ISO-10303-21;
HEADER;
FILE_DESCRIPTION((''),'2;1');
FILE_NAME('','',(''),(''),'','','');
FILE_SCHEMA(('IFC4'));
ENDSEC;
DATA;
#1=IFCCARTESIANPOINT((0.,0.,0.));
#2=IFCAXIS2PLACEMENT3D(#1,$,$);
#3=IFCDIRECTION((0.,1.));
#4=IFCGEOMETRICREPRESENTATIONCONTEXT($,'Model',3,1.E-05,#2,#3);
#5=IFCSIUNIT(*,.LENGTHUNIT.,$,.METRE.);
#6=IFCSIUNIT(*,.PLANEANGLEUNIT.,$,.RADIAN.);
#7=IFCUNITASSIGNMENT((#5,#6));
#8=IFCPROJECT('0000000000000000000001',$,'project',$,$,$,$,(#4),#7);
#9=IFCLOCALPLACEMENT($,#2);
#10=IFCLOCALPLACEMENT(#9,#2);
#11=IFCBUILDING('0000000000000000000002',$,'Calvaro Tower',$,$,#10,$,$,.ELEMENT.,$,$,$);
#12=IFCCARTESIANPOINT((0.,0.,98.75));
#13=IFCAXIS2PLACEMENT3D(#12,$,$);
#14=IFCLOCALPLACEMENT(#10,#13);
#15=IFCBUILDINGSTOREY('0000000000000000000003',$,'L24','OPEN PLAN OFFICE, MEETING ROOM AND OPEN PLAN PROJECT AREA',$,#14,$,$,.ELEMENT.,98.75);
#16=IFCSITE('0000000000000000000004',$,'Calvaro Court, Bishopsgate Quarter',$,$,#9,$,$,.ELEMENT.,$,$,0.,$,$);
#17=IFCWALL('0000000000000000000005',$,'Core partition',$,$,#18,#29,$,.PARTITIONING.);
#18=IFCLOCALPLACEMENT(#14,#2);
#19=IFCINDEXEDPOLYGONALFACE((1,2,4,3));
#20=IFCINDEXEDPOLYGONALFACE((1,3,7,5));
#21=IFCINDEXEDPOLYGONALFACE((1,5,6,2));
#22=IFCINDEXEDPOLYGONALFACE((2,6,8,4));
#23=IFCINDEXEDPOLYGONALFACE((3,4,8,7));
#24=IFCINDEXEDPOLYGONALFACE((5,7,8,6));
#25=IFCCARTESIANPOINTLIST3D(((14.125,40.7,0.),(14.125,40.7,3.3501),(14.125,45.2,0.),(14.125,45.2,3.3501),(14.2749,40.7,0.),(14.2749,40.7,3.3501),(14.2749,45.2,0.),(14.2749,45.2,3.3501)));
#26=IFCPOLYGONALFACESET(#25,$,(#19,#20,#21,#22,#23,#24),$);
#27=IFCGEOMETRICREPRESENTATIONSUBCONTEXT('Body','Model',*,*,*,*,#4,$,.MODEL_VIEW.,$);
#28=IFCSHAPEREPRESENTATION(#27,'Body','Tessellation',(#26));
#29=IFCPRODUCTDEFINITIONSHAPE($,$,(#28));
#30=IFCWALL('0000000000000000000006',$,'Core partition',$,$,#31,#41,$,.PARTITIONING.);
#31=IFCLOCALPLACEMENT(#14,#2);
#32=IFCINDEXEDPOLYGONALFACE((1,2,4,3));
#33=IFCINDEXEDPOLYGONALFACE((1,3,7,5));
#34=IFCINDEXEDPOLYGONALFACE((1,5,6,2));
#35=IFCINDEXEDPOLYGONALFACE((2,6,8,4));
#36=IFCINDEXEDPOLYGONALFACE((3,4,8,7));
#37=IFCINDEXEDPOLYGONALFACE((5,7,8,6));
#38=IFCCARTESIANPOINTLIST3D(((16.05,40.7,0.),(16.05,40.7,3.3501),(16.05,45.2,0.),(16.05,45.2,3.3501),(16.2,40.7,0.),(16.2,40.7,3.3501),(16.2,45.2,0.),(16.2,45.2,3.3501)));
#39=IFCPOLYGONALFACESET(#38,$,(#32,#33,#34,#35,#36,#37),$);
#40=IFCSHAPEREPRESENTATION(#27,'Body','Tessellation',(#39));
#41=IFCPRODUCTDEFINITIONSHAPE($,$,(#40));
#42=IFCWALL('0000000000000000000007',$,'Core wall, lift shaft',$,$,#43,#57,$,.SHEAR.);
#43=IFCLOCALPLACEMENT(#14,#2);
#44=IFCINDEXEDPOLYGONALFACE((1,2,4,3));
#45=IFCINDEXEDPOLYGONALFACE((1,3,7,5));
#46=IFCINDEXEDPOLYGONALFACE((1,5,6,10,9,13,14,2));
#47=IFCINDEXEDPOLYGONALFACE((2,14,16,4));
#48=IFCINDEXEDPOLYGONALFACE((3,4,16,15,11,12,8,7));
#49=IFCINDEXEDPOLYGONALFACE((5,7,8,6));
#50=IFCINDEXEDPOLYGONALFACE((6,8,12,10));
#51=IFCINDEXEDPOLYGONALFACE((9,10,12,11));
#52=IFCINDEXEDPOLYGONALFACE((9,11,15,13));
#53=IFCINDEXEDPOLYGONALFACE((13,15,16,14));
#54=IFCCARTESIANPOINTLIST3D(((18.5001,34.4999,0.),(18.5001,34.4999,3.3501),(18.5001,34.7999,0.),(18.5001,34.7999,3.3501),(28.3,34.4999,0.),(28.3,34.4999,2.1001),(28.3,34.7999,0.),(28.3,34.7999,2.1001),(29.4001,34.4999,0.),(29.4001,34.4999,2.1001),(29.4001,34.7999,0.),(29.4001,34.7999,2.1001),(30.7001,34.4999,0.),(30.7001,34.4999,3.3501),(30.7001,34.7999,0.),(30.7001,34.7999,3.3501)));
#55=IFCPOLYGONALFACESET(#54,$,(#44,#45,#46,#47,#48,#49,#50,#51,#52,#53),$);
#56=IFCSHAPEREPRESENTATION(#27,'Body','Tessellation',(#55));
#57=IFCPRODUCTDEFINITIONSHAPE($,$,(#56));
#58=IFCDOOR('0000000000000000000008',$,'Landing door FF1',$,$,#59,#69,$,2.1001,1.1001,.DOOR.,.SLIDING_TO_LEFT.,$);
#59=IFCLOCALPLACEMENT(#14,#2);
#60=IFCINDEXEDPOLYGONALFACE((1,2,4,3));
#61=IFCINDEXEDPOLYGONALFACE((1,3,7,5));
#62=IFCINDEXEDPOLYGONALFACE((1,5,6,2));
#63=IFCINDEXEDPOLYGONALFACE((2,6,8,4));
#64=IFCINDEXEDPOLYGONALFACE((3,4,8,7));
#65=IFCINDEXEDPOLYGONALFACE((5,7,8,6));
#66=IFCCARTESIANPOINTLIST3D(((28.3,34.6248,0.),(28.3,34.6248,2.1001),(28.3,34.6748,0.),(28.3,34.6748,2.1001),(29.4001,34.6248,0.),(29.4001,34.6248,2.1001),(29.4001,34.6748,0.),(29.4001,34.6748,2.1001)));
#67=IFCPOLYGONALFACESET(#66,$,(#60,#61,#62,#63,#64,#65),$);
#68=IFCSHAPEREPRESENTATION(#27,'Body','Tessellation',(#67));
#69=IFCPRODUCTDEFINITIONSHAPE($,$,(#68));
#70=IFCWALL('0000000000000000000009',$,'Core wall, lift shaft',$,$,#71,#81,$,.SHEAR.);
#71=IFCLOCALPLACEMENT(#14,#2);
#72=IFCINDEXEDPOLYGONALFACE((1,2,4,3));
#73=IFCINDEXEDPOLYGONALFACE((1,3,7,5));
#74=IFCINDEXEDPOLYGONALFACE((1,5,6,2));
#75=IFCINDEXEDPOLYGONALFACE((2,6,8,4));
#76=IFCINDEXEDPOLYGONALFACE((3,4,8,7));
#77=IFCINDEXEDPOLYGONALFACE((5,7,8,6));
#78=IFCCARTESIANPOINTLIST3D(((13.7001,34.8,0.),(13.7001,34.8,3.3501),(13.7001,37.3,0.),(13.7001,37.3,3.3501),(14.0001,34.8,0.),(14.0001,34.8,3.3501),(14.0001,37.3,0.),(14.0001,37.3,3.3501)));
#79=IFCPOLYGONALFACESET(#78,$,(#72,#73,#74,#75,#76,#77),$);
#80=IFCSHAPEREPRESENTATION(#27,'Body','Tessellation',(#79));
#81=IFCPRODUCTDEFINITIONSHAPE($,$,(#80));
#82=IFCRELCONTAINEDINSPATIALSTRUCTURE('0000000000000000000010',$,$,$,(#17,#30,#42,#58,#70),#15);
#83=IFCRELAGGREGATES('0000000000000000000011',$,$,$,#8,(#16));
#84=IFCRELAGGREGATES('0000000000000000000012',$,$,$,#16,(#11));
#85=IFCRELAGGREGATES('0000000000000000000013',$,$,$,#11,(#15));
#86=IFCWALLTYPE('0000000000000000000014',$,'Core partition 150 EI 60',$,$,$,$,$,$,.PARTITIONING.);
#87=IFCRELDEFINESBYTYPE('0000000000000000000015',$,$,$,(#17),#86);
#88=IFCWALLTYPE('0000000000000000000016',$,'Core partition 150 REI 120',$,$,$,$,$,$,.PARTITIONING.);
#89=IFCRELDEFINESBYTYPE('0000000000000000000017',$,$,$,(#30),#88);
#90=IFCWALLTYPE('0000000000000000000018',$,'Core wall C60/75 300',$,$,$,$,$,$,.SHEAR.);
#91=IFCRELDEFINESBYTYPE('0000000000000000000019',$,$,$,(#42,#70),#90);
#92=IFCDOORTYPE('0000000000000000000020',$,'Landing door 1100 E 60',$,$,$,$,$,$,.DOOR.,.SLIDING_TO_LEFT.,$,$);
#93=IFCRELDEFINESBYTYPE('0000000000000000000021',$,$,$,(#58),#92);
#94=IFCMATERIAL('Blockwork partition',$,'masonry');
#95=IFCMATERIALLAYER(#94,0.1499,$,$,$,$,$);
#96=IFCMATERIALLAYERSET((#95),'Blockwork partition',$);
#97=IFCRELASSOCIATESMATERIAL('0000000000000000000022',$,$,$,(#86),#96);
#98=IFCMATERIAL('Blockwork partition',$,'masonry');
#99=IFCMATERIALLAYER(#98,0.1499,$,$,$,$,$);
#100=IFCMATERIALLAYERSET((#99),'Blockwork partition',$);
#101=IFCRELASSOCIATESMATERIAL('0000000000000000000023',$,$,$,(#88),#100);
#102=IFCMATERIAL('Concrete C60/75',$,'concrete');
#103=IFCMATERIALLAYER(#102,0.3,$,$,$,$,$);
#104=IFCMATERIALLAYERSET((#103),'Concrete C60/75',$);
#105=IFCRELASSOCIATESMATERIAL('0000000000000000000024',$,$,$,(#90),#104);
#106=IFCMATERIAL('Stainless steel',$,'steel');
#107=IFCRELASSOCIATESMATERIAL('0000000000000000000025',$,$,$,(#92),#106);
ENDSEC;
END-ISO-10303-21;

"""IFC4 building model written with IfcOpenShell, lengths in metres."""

from ifc_helpers import new_model, si_unit, direction, frame, frame_2d, origin, place, context, subcontext, project, spatial, rectangle, extrude, material, layer, layer_set, type_object, element, fill, save


model = new_model("IFC4")

# Units and contexts
model_context = context("Model", 3, precision=1e-05, world=origin(), true_north=direction((0.0, 1.0)))
body_context = subcontext(model_context, "Body", "Model", "MODEL_VIEW")
ifc_project = project(units=[si_unit("LENGTHUNIT", "METRE"), si_unit("PLANEANGLEUNIT", "RADIAN")], contexts=[model_context])

# Site, building, storey
site_placement = place(None, origin())
site = spatial("IfcSite", under=ifc_project, at=site_placement, Name="Calvaro Court, Bishopsgate Quarter", CompositionType="ELEMENT", RefElevation=0.0)
building_placement = place(site_placement, origin())
building = spatial("IfcBuilding", under=site, at=building_placement, Name="Calvaro Tower", CompositionType="ELEMENT")
storey_placement = place(building_placement, frame((0.0, 0.0, 98.75)))
storey = spatial("IfcBuildingStorey", under=building, at=storey_placement, Name="L24", Description="OPEN PLAN OFFICE, MEETING ROOM AND OPEN PLAN PROJECT AREA", CompositionType="ELEMENT", Elevation=98.75)

# Walls
ifc_material_1 = material(Name="Blockwork partition", Category="masonry")
ifc_layer_1 = layer(ifc_material_1, 0.1499)
ifc_layer_set_1 = layer_set([ifc_layer_1], Name="Blockwork partition")
wall_type_1 = type_object("IfcWallType", Name="Core partition 150 EI 60", PredefinedType="PARTITIONING", material=ifc_layer_set_1)
wall_1_placement = place(storey_placement, frame((14.2, 40.7, 0.0), z_axis=(0.0, 0.0, 1.0), x_axis=(0.0, 1.0, 0.0)))
element("IfcWall", 1, at=wall_1_placement, inside=storey, type_object=wall_type_1, Name="Core partition", PredefinedType="PARTITIONING", context=body_context, shape_type="SweptSolid", body=[
    extrude(rectangle(XDim=4.5, YDim=0.1499, at=frame_2d((2.25, 0.0))), origin(), (0.0, 0.0, 1.0), 3.3501),
])
ifc_material_2 = material(Name="Blockwork partition", Category="masonry")
ifc_layer_2 = layer(ifc_material_2, 0.1499)
ifc_layer_set_2 = layer_set([ifc_layer_2], Name="Blockwork partition")
wall_type_2 = type_object("IfcWallType", Name="Core partition 150 REI 120", PredefinedType="PARTITIONING", material=ifc_layer_set_2)
wall_2_placement = place(storey_placement, frame((16.125, 40.7, 0.0), z_axis=(0.0, 0.0, 1.0), x_axis=(0.0, 1.0, 0.0)))
element("IfcWall", 2, at=wall_2_placement, inside=storey, type_object=wall_type_2, Name="Core partition", PredefinedType="PARTITIONING", context=body_context, shape_type="SweptSolid", body=[
    extrude(rectangle(XDim=4.5, YDim=0.1499, at=frame_2d((2.25, 0.0))), origin(), (0.0, 0.0, 1.0), 3.3501),
])

# Wall, opening, door
ifc_material_3 = material(Name="Concrete C60/75", Category="concrete")
ifc_layer_3 = layer(ifc_material_3, 0.3)
ifc_layer_set_3 = layer_set([ifc_layer_3], Name="Concrete C60/75")
wall_type_3 = type_object("IfcWallType", Name="Core wall C60/75 300", PredefinedType="SHEAR", material=ifc_layer_set_3)
wall_3_placement = place(storey_placement, frame((18.5, 34.6499, 0.0), z_axis=(0.0, 0.0, 1.0), x_axis=(1.0, 0.0, 0.0)))
wall_3 = element("IfcWall", 3, at=wall_3_placement, inside=storey, type_object=wall_type_3, Name="Core wall, lift shaft", PredefinedType="SHEAR", context=body_context, shape_type="SweptSolid", body=[
    extrude(rectangle(XDim=12.2, YDim=0.3, at=frame_2d((6.1001, 0.0))), origin(), (0.0, 0.0, 1.0), 3.3501),
])
opening_1_placement = place(wall_3_placement, frame((9.8, 0.0, 0.0)))
opening_1 = element("IfcOpeningElement", 4, at=opening_1_placement, cuts=wall_3, PredefinedType="OPENING", context=body_context, shape_type="SweptSolid", body=[
    extrude(rectangle(XDim=1.1001, YDim=2.1001, at=frame_2d((0.55, 1.05))), frame((0.0, 0.1599, 0.0), z_axis=(0.0, -1.0, 0.0), x_axis=(1.0, 0.0, 0.0)), (0.0, 0.0, 1.0), 0.3201),
])
ifc_material_4 = material(Name="Stainless steel", Category="steel")
door_type_1 = type_object("IfcDoorType", Name="Landing door 1100 E 60", OperationType="SLIDING_TO_LEFT", PredefinedType="DOOR", material=ifc_material_4)
door_1_placement = place(opening_1_placement, origin())
door_1 = element("IfcDoor", 5, at=door_1_placement, inside=storey, type_object=door_type_1, Name="Landing door FF1", OperationType="SLIDING_TO_LEFT", OverallHeight=2.1001, OverallWidth=1.1001, PredefinedType="DOOR", context=body_context, shape_type="SweptSolid", body=[
    extrude(rectangle(XDim=1.1001, YDim=2.1001, at=frame_2d((0.55, 1.05))), frame((0.0, 0.0249, 0.0), z_axis=(0.0, -1.0, 0.0), x_axis=(1.0, 0.0, 0.0)), (0.0, 0.0, 1.0), 0.05),
])
fill(opening_1, door_1)

# Wall
wall_4_placement = place(storey_placement, frame((13.8501, 34.8, 0.0), z_axis=(0.0, 0.0, 1.0), x_axis=(0.0, 1.0, 0.0)))
element("IfcWall", 6, at=wall_4_placement, inside=storey, type_object=wall_type_3, Name="Core wall, lift shaft", PredefinedType="SHEAR", context=body_context, shape_type="SweptSolid", body=[
    extrude(rectangle(XDim=2.5, YDim=0.3, at=frame_2d((1.25, 0.0))), origin(), (0.0, 0.0, 1.0), 3.3501),
])

save(model, "model.ifc")
